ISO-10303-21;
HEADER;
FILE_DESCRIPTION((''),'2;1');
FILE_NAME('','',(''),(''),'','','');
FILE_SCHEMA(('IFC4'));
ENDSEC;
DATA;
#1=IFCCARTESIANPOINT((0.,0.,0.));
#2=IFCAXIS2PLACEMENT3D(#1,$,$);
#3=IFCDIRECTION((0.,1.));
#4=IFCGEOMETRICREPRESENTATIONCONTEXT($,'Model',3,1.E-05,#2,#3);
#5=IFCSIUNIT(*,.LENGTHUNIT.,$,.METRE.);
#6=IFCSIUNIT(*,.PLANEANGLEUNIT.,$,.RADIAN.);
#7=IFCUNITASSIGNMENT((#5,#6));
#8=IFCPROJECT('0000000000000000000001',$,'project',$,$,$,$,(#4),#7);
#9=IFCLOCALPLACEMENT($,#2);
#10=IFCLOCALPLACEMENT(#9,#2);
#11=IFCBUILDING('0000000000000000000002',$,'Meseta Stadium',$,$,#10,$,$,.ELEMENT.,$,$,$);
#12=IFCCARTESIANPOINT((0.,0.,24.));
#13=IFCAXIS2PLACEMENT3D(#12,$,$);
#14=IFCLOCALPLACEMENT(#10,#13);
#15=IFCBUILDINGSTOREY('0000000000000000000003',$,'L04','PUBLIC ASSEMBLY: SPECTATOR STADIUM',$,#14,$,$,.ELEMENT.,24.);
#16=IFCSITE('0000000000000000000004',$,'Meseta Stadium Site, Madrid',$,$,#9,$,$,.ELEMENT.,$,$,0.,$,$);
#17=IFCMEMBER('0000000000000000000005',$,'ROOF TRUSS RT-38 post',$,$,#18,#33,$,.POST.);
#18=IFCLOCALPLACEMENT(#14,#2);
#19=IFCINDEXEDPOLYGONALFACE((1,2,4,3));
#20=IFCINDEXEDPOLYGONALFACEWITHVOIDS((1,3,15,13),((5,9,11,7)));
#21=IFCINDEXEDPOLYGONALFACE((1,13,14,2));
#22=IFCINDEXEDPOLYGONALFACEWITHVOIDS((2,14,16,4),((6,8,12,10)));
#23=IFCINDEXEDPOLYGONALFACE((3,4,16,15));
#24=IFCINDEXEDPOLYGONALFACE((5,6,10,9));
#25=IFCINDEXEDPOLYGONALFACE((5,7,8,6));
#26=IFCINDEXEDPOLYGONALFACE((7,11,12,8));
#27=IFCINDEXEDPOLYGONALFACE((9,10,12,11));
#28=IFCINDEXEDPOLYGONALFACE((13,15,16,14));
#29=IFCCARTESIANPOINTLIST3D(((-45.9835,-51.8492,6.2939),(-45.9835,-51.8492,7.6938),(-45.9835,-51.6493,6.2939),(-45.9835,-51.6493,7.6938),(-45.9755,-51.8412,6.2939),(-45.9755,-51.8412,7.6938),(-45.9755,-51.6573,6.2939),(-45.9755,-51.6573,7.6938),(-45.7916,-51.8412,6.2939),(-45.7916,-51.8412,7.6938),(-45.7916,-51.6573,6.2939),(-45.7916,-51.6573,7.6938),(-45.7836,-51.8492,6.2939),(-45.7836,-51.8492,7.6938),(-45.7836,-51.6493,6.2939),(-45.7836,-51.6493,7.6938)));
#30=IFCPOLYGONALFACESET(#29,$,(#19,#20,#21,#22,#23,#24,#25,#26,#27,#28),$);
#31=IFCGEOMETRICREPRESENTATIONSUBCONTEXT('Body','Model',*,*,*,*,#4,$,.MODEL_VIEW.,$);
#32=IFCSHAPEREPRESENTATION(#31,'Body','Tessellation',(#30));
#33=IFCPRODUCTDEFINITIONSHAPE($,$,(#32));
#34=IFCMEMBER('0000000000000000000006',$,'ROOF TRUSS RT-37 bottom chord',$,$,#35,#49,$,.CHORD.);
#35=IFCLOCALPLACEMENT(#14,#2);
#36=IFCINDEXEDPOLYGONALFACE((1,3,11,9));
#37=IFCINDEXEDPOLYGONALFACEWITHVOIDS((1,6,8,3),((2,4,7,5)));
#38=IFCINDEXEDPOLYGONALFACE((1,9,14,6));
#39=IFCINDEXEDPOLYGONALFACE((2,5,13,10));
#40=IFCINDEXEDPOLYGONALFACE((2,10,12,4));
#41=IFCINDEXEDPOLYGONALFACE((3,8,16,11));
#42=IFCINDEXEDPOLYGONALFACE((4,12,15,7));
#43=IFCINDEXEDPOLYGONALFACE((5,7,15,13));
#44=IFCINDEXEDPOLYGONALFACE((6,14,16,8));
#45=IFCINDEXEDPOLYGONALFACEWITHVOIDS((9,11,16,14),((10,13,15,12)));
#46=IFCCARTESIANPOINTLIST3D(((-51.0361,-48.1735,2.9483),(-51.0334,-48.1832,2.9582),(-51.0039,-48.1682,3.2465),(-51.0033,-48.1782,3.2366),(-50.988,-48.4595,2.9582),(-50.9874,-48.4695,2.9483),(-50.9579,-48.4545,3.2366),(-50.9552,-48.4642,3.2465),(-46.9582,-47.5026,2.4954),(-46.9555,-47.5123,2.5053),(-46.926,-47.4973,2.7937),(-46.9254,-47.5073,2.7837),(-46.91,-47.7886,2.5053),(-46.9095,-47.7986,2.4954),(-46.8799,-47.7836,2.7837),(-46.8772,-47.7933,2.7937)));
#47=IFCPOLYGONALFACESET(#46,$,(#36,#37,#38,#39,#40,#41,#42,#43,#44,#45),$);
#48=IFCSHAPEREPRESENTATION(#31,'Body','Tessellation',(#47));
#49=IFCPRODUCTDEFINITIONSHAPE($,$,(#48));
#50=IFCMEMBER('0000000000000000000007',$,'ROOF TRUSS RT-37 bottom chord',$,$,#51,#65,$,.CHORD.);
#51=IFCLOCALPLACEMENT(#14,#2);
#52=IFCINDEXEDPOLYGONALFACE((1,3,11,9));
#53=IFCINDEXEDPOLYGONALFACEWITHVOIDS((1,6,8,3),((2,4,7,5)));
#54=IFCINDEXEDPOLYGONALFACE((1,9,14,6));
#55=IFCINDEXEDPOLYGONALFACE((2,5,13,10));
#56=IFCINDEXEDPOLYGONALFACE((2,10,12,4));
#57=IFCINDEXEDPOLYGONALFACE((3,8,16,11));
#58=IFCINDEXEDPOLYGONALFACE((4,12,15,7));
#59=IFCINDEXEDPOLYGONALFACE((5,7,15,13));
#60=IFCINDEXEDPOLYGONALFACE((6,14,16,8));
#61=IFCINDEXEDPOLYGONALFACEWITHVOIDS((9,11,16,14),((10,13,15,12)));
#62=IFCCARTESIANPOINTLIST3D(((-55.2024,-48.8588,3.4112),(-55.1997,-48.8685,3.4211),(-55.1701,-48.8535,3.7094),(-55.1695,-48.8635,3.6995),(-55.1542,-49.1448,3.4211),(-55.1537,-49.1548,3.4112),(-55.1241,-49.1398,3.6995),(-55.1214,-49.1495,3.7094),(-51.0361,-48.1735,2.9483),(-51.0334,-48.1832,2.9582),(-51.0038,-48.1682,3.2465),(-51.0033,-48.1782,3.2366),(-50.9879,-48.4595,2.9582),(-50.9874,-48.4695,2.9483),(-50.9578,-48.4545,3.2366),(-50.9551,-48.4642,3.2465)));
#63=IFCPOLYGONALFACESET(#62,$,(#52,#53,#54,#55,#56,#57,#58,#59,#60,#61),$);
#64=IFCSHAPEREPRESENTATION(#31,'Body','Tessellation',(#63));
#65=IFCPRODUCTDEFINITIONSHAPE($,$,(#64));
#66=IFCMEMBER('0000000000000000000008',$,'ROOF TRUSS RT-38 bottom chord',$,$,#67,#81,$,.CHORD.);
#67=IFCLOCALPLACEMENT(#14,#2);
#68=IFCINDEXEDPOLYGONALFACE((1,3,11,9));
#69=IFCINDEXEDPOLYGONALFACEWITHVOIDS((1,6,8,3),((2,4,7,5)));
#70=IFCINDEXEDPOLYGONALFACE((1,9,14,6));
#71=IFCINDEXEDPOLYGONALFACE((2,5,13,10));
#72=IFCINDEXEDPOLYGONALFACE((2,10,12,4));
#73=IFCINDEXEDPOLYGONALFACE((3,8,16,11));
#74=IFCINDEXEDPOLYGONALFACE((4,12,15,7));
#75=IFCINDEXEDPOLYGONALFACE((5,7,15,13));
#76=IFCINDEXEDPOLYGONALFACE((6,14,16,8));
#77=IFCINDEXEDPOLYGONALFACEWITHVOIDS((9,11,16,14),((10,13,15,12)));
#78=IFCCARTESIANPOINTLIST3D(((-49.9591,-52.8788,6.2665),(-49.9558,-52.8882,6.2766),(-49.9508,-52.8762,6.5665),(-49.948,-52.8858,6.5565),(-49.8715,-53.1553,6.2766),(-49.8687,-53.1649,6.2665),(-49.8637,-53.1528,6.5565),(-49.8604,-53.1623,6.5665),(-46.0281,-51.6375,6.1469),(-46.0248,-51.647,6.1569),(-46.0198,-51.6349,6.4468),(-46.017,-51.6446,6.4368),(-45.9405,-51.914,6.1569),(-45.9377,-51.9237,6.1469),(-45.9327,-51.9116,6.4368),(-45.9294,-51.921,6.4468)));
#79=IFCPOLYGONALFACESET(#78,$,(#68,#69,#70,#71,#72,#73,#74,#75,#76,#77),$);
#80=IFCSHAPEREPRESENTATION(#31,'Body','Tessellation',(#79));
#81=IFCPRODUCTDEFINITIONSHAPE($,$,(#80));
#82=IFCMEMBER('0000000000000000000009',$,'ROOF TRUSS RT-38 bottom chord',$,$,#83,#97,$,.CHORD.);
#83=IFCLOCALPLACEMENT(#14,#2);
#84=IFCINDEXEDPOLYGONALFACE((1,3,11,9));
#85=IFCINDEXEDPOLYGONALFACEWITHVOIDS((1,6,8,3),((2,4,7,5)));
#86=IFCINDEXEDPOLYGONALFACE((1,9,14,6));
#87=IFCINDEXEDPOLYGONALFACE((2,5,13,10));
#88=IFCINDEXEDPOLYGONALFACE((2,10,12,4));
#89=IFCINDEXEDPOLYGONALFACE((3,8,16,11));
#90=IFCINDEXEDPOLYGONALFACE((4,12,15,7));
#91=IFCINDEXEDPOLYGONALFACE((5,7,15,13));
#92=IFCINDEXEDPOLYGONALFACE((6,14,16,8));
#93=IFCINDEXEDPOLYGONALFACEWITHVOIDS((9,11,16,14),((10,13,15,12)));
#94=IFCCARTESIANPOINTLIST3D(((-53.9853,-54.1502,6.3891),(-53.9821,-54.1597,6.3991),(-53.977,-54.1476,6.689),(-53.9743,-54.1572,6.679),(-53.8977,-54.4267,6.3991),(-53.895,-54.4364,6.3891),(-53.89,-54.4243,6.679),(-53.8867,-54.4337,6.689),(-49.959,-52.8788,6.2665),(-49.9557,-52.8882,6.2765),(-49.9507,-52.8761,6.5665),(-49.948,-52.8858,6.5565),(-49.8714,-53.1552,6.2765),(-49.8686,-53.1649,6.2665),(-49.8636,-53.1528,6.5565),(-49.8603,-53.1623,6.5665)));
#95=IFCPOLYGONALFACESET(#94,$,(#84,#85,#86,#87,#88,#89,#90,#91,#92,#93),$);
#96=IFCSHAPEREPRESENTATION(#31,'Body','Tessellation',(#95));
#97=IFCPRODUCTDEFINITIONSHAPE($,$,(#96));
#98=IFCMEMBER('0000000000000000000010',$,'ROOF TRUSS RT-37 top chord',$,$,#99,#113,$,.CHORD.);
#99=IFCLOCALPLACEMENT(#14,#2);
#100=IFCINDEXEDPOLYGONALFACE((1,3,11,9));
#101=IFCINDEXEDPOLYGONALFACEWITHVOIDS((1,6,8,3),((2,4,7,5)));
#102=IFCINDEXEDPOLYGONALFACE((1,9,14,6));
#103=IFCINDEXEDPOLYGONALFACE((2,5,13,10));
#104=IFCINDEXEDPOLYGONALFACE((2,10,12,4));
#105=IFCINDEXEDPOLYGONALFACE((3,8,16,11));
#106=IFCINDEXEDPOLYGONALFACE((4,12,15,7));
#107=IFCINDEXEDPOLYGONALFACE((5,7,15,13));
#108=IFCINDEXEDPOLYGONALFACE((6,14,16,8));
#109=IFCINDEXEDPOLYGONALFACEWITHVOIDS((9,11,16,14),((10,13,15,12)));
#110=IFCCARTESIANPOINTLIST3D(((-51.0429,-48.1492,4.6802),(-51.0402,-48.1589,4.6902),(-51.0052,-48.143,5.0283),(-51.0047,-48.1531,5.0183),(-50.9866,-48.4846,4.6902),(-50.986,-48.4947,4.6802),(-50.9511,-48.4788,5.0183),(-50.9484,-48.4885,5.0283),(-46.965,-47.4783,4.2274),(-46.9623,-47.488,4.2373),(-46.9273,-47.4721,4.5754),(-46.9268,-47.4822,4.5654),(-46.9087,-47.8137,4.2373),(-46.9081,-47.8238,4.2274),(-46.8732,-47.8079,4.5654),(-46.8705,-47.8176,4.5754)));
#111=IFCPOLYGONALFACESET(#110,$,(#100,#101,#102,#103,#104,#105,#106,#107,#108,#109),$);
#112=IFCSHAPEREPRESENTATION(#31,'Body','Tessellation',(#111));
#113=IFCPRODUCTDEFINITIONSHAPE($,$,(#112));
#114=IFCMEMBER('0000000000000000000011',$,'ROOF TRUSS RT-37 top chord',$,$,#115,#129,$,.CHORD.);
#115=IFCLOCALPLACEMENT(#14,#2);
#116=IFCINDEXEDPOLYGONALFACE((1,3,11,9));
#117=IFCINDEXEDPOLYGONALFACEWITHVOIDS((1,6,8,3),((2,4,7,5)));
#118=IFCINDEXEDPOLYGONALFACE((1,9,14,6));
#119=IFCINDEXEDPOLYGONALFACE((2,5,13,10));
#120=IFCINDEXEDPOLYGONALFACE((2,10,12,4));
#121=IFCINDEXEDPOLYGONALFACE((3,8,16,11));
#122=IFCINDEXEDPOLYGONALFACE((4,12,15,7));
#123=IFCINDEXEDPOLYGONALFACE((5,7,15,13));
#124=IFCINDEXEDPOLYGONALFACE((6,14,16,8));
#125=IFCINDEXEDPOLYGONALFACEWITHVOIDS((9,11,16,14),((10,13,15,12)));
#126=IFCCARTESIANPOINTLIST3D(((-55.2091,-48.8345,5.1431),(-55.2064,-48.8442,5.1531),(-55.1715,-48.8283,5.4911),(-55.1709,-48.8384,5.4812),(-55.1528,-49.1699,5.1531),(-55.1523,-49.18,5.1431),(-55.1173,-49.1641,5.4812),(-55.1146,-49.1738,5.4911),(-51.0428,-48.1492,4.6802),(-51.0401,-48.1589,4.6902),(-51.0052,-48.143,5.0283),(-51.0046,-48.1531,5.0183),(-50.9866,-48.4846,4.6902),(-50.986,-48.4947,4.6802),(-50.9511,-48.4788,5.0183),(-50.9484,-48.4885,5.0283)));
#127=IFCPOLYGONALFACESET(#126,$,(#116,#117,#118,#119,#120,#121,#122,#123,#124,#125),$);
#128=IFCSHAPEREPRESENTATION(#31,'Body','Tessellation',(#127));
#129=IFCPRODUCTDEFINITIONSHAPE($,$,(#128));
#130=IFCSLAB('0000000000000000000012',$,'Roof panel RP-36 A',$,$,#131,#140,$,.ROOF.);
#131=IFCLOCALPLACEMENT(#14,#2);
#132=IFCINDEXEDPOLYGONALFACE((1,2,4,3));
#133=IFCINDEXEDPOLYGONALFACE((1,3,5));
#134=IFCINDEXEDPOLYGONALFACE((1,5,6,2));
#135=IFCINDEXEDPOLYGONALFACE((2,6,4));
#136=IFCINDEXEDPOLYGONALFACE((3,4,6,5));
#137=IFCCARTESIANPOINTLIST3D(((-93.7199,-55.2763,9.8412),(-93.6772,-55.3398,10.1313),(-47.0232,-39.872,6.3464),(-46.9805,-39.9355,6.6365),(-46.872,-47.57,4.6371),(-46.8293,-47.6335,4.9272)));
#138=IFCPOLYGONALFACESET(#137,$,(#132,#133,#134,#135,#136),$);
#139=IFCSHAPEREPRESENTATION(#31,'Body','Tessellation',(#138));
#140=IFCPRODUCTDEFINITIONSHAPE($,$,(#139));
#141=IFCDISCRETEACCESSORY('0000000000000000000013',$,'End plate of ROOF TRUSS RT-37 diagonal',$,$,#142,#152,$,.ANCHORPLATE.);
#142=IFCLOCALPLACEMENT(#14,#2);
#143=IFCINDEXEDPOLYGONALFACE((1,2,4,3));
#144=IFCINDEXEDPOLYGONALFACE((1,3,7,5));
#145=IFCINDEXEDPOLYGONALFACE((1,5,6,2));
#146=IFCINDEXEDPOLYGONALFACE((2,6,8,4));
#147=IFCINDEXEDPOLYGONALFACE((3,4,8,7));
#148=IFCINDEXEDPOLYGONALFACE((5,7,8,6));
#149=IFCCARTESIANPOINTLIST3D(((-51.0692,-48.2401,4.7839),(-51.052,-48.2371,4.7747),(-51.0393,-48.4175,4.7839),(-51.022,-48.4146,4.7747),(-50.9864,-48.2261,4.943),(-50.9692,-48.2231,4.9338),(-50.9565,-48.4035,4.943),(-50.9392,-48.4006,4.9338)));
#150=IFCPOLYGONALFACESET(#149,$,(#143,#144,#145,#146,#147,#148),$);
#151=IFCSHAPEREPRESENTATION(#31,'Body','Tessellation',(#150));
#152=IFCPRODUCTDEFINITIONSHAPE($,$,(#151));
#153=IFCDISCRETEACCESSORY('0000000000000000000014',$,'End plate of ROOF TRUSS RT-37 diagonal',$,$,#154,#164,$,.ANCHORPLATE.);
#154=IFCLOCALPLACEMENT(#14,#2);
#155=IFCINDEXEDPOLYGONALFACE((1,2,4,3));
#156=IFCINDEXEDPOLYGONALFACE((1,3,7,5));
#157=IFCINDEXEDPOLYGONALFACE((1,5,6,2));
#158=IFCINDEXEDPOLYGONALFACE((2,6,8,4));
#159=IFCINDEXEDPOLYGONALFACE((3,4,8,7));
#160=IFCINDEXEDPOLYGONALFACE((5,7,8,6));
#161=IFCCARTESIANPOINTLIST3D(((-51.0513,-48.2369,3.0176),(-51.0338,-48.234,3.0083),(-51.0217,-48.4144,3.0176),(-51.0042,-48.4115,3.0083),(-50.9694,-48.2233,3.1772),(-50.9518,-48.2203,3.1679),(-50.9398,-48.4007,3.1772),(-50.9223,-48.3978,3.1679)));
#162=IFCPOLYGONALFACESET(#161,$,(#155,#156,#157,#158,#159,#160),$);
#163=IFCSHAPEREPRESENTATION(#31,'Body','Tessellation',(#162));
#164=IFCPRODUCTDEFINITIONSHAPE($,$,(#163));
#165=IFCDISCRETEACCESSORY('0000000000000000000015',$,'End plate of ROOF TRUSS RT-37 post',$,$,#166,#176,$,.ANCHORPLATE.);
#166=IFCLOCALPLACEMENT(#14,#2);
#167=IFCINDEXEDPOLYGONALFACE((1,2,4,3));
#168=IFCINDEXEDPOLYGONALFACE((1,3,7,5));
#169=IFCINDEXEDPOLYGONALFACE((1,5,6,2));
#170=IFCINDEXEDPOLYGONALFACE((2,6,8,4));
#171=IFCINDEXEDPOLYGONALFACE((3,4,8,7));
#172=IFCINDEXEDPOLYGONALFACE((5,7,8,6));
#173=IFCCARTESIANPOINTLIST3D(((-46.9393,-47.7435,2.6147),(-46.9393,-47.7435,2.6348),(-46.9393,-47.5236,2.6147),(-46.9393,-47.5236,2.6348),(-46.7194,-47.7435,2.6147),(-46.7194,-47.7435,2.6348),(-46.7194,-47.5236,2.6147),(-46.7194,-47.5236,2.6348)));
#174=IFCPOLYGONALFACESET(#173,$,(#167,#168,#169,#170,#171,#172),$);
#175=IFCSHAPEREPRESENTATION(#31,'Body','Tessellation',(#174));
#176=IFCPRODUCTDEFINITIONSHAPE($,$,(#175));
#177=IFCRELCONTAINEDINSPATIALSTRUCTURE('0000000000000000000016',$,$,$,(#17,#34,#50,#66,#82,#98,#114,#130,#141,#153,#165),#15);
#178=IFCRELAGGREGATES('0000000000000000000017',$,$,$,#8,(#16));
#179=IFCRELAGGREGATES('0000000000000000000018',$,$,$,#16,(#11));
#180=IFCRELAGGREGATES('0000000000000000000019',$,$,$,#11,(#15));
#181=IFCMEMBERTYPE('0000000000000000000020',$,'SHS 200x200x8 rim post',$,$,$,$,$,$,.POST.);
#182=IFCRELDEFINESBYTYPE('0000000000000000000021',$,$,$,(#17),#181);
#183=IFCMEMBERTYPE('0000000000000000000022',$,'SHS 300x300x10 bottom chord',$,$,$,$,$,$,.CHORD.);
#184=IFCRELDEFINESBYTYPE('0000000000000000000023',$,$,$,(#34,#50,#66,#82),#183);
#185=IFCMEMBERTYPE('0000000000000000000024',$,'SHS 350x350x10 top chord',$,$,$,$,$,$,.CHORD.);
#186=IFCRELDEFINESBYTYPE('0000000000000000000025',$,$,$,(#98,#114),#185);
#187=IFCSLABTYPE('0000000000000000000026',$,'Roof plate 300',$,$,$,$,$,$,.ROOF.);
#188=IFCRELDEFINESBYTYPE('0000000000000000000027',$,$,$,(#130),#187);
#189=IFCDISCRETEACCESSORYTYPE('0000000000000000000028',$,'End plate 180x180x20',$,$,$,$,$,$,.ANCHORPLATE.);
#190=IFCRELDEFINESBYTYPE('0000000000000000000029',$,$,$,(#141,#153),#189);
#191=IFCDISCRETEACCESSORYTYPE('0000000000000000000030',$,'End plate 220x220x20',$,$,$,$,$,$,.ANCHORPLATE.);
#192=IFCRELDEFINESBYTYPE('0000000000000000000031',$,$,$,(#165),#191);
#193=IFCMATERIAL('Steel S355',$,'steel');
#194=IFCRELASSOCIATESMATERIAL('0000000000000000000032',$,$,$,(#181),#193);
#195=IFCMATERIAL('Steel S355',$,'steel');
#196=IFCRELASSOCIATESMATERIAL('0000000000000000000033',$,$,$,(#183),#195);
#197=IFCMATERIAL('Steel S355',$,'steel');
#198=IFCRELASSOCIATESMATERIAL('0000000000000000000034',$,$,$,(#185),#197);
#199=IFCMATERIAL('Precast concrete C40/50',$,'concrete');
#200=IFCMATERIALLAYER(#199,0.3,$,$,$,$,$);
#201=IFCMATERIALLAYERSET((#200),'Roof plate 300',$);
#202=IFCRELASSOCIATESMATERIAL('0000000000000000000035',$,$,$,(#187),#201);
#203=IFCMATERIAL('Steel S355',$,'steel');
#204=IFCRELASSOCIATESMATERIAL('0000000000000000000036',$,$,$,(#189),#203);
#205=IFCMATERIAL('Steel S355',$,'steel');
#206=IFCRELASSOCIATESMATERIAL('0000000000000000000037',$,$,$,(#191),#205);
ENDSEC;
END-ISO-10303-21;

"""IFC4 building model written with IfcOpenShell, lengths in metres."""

from ifc_helpers import new_model, si_unit, direction, frame, origin, origin_2d, place, context, subcontext, project, spatial, polyline, rectangle, hollow_rectangle, outline, extrude, material, layer, layer_set, material_profile, profile_set, type_object, element, save


model = new_model("IFC4")

# Units and contexts
model_context = context("Model", 3, precision=1e-05, world=origin(), true_north=direction((0.0, 1.0)))
body_context = subcontext(model_context, "Body", "Model", "MODEL_VIEW")
ifc_project = project(units=[si_unit("LENGTHUNIT", "METRE"), si_unit("PLANEANGLEUNIT", "RADIAN")], contexts=[model_context])

# Site, building, storey
site_placement = place(None, origin())
site = spatial("IfcSite", under=ifc_project, at=site_placement, Name="Meseta Stadium Site, Madrid", CompositionType="ELEMENT", RefElevation=0.0)
building_placement = place(site_placement, origin())
building = spatial("IfcBuilding", under=site, at=building_placement, Name="Meseta Stadium", CompositionType="ELEMENT")
storey_placement = place(building_placement, frame((0.0, 0.0, 24.0)))
storey = spatial("IfcBuildingStorey", under=building, at=storey_placement, Name="L04", Description="PUBLIC ASSEMBLY: SPECTATOR STADIUM", CompositionType="ELEMENT", Elevation=24.0)

# Members
ifc_material_1 = material(Name="Steel S355", Category="steel")
ifc_material_profile_1 = material_profile(ifc_material_1, hollow_rectangle(XDim=0.2, YDim=0.2, WallThickness=0.0081, at=origin_2d()), Name="SHS 200x200x8")
ifc_profile_set_1 = profile_set([ifc_material_profile_1], Name="Steel S355")
member_type_1 = type_object("IfcMemberType", Name="SHS 200x200x8 rim post", PredefinedType="POST", material=ifc_profile_set_1)
member_1_placement = place(storey_placement, frame((-45.8835, -51.7493, 6.2939), z_axis=(0.0, 0.0, 1.0), x_axis=(1.0, 0.0, 0.0)))
element("IfcMember", 1, at=member_1_placement, inside=storey, type_object=member_type_1, Name="ROOF TRUSS RT-38 post", PredefinedType="POST", context=body_context, shape_type="SweptSolid", body=[
    extrude(hollow_rectangle(XDim=0.2, YDim=0.2, WallThickness=0.0081, at=origin_2d()), origin(), (0.0, 0.0, 1.0), 1.3999),
])
ifc_material_2 = material(Name="Steel S355", Category="steel")
ifc_material_profile_2 = material_profile(ifc_material_2, hollow_rectangle(XDim=0.3, YDim=0.3, WallThickness=0.01, at=origin_2d()), Name="SHS 300x300x10")
ifc_profile_set_2 = profile_set([ifc_material_profile_2], Name="Steel S355")
member_type_2 = type_object("IfcMemberType", Name="SHS 300x300x10 bottom chord", PredefinedType="CHORD", material=ifc_profile_set_2)
member_2_placement = place(storey_placement, frame((-46.9177, -47.6479, 2.6445), z_axis=(-0.980863, -0.161373, 0.108933), x_axis=(0.162339, -0.986735, 0.0)))
element("IfcMember", 2, at=member_2_placement, inside=storey, type_object=member_type_2, Name="ROOF TRUSS RT-37 bottom chord", PredefinedType="CHORD", context=body_context, shape_type="SweptSolid", body=[
    extrude(hollow_rectangle(XDim=0.3, YDim=0.3, WallThickness=0.01, at=origin_2d()), origin(), (0.0, 0.0, 1.0), 4.1575),
])
member_3_placement = place(storey_placement, frame((-50.9956, -48.3188, 3.0974), z_axis=(-0.980863, -0.161341, 0.108978), x_axis=(0.162308, -0.98674, 0.0)))
element("IfcMember", 3, at=member_3_placement, inside=storey, type_object=member_type_2, Name="ROOF TRUSS RT-37 bottom chord", PredefinedType="CHORD", context=body_context, shape_type="SweptSolid", body=[
    extrude(hollow_rectangle(XDim=0.3, YDim=0.3, WallThickness=0.01, at=origin_2d()), origin(), (0.0, 0.0, 1.0), 4.2476),
])
member_4_placement = place(storey_placement, frame((-45.9788, -51.7793, 6.2969), z_axis=(-0.95319, -0.300976, 0.029008), x_axis=(0.301103, -0.953592, 0.0)))
element("IfcMember", 4, at=member_4_placement, inside=storey, type_object=member_type_2, Name="ROOF TRUSS RT-38 bottom chord", PredefinedType="CHORD", context=body_context, shape_type="SweptSolid", body=[
    extrude(hollow_rectangle(XDim=0.3, YDim=0.3, WallThickness=0.01, at=origin_2d()), origin(), (0.0, 0.0, 1.0), 4.124),
])
member_5_placement = place(storey_placement, frame((-49.9097, -53.0205, 6.4165), z_axis=(-0.953181, -0.301005, 0.029014), x_axis=(0.301131, -0.953583, 0.0)))
element("IfcMember", 5, at=member_5_placement, inside=storey, type_object=member_type_2, Name="ROOF TRUSS RT-38 bottom chord", PredefinedType="CHORD", context=body_context, shape_type="SweptSolid", body=[
    extrude(hollow_rectangle(XDim=0.3, YDim=0.3, WallThickness=0.01, at=origin_2d()), origin(), (0.0, 0.0, 1.0), 4.2241),
])
ifc_material_3 = material(Name="Steel S355", Category="steel")
ifc_material_profile_3 = material_profile(ifc_material_3, hollow_rectangle(XDim=0.3501, YDim=0.3501, WallThickness=0.01, at=origin_2d()), Name="SHS 350x350x10")
ifc_profile_set_3 = profile_set([ifc_material_profile_3], Name="Steel S355")
member_type_3 = type_object("IfcMemberType", Name="SHS 350x350x10 top chord", PredefinedType="CHORD", material=ifc_profile_set_3)
member_6_placement = place(storey_placement, frame((-46.9177, -47.6479, 4.4014), z_axis=(-0.980863, -0.161373, 0.108933), x_axis=(0.162339, -0.986735, 0.0)))
element("IfcMember", 6, at=member_6_placement, inside=storey, type_object=member_type_3, Name="ROOF TRUSS RT-37 top chord", PredefinedType="CHORD", context=body_context, shape_type="SweptSolid", body=[
    extrude(hollow_rectangle(XDim=0.3501, YDim=0.3501, WallThickness=0.01, at=origin_2d()), origin(), (0.0, 0.0, 1.0), 4.1575),
])
member_7_placement = place(storey_placement, frame((-50.9956, -48.3188, 4.8542), z_axis=(-0.980863, -0.161341, 0.108978), x_axis=(0.162308, -0.98674, 0.0)))
element("IfcMember", 7, at=member_7_placement, inside=storey, type_object=member_type_3, Name="ROOF TRUSS RT-37 top chord", PredefinedType="CHORD", context=body_context, shape_type="SweptSolid", body=[
    extrude(hollow_rectangle(XDim=0.3501, YDim=0.3501, WallThickness=0.01, at=origin_2d()), origin(), (0.0, 0.0, 1.0), 4.2476),
])

# Slab
ifc_material_4 = material(Name="Precast concrete C40/50", Category="concrete")
ifc_layer = layer(ifc_material_4, 0.3)
ifc_layer_set = layer_set([ifc_layer], Name="Roof plate 300")
slab_type = type_object("IfcSlabType", Name="Roof plate 300", PredefinedType="ROOF", material=ifc_layer_set)
slab_placement = place(storey_placement, frame((-46.8293, -47.6335, 4.9272), z_axis=(0.142261, -0.21189, 0.966884), x_axis=(-0.980864, -0.161348, 0.108959)))
element("IfcSlab", 8, at=slab_placement, inside=storey, type_object=slab_type, Name="Roof panel RP-36 A", PredefinedType="ROOF", context=body_context, shape_type="SweptSolid", body=[
    extrude(outline(polyline([(0.0, 0.0), (47.7619, 0.0), (-0.9076, -7.8345), (0.0, 0.0)])), origin(), (0.0, 0.0, -1.0), 0.3),
])

# Discrete accessories
ifc_material_5 = material(Name="Steel S355", Category="steel")
ifc_material_profile_4 = material_profile(ifc_material_5, rectangle(XDim=0.1799, YDim=0.1799, at=origin_2d()), Name="PL 180x180")
ifc_profile_set_4 = profile_set([ifc_material_profile_4], Name="Steel S355")
discrete_accessory_type_1 = type_object("IfcDiscreteAccessoryType", Name="End plate 180x180x20", PredefinedType="ANCHORPLATE", material=ifc_profile_set_4)
discrete_accessory_1_placement = place(storey_placement, frame((-50.9956, -48.3188, 4.8542), z_axis=(-0.872036, -0.147386, 0.466723), x_axis=(0.166651, -0.986016, 0.0)))
element("IfcDiscreteAccessory", 9, at=discrete_accessory_1_placement, inside=storey, type_object=discrete_accessory_type_1, Name="End plate of ROOF TRUSS RT-37 diagonal", PredefinedType="ANCHORPLATE", context=body_context, shape_type="SweptSolid", body=[
    extrude(rectangle(XDim=0.1799, YDim=0.1799, at=origin_2d()), origin(), (0.0, 0.0, 1.0), 0.0198),
])
discrete_accessory_2_placement = place(storey_placement, frame((-50.978, -48.3159, 3.0881), z_axis=(-0.874931, -0.145822, 0.461769), x_axis=(0.164399, -0.986394, 0.0)))
element("IfcDiscreteAccessory", 10, at=discrete_accessory_2_placement, inside=storey, type_object=discrete_accessory_type_1, Name="End plate of ROOF TRUSS RT-37 diagonal", PredefinedType="ANCHORPLATE", context=body_context, shape_type="SweptSolid", body=[
    extrude(rectangle(XDim=0.1799, YDim=0.1799, at=origin_2d()), origin(), (0.0, 0.0, 1.0), 0.02),
])
ifc_material_6 = material(Name="Steel S355", Category="steel")
ifc_material_profile_5 = material_profile(ifc_material_6, rectangle(XDim=0.22, YDim=0.22, at=origin_2d()), Name="PL 220x220")
ifc_profile_set_5 = profile_set([ifc_material_profile_5], Name="Steel S355")
discrete_accessory_type_2 = type_object("IfcDiscreteAccessoryType", Name="End plate 220x220x20", PredefinedType="ANCHORPLATE", material=ifc_profile_set_5)
discrete_accessory_3_placement = place(storey_placement, frame((-46.8293, -47.6335, 2.6147), z_axis=(0.0, 0.0, 1.0), x_axis=(1.0, 0.0, 0.0)))
element("IfcDiscreteAccessory", 11, at=discrete_accessory_3_placement, inside=storey, type_object=discrete_accessory_type_2, Name="End plate of ROOF TRUSS RT-37 post", PredefinedType="ANCHORPLATE", context=body_context, shape_type="SweptSolid", body=[
    extrude(rectangle(XDim=0.22, YDim=0.22, at=origin_2d()), origin(), (0.0, 0.0, 1.0), 0.02),
])

save(model, "model.ifc")
